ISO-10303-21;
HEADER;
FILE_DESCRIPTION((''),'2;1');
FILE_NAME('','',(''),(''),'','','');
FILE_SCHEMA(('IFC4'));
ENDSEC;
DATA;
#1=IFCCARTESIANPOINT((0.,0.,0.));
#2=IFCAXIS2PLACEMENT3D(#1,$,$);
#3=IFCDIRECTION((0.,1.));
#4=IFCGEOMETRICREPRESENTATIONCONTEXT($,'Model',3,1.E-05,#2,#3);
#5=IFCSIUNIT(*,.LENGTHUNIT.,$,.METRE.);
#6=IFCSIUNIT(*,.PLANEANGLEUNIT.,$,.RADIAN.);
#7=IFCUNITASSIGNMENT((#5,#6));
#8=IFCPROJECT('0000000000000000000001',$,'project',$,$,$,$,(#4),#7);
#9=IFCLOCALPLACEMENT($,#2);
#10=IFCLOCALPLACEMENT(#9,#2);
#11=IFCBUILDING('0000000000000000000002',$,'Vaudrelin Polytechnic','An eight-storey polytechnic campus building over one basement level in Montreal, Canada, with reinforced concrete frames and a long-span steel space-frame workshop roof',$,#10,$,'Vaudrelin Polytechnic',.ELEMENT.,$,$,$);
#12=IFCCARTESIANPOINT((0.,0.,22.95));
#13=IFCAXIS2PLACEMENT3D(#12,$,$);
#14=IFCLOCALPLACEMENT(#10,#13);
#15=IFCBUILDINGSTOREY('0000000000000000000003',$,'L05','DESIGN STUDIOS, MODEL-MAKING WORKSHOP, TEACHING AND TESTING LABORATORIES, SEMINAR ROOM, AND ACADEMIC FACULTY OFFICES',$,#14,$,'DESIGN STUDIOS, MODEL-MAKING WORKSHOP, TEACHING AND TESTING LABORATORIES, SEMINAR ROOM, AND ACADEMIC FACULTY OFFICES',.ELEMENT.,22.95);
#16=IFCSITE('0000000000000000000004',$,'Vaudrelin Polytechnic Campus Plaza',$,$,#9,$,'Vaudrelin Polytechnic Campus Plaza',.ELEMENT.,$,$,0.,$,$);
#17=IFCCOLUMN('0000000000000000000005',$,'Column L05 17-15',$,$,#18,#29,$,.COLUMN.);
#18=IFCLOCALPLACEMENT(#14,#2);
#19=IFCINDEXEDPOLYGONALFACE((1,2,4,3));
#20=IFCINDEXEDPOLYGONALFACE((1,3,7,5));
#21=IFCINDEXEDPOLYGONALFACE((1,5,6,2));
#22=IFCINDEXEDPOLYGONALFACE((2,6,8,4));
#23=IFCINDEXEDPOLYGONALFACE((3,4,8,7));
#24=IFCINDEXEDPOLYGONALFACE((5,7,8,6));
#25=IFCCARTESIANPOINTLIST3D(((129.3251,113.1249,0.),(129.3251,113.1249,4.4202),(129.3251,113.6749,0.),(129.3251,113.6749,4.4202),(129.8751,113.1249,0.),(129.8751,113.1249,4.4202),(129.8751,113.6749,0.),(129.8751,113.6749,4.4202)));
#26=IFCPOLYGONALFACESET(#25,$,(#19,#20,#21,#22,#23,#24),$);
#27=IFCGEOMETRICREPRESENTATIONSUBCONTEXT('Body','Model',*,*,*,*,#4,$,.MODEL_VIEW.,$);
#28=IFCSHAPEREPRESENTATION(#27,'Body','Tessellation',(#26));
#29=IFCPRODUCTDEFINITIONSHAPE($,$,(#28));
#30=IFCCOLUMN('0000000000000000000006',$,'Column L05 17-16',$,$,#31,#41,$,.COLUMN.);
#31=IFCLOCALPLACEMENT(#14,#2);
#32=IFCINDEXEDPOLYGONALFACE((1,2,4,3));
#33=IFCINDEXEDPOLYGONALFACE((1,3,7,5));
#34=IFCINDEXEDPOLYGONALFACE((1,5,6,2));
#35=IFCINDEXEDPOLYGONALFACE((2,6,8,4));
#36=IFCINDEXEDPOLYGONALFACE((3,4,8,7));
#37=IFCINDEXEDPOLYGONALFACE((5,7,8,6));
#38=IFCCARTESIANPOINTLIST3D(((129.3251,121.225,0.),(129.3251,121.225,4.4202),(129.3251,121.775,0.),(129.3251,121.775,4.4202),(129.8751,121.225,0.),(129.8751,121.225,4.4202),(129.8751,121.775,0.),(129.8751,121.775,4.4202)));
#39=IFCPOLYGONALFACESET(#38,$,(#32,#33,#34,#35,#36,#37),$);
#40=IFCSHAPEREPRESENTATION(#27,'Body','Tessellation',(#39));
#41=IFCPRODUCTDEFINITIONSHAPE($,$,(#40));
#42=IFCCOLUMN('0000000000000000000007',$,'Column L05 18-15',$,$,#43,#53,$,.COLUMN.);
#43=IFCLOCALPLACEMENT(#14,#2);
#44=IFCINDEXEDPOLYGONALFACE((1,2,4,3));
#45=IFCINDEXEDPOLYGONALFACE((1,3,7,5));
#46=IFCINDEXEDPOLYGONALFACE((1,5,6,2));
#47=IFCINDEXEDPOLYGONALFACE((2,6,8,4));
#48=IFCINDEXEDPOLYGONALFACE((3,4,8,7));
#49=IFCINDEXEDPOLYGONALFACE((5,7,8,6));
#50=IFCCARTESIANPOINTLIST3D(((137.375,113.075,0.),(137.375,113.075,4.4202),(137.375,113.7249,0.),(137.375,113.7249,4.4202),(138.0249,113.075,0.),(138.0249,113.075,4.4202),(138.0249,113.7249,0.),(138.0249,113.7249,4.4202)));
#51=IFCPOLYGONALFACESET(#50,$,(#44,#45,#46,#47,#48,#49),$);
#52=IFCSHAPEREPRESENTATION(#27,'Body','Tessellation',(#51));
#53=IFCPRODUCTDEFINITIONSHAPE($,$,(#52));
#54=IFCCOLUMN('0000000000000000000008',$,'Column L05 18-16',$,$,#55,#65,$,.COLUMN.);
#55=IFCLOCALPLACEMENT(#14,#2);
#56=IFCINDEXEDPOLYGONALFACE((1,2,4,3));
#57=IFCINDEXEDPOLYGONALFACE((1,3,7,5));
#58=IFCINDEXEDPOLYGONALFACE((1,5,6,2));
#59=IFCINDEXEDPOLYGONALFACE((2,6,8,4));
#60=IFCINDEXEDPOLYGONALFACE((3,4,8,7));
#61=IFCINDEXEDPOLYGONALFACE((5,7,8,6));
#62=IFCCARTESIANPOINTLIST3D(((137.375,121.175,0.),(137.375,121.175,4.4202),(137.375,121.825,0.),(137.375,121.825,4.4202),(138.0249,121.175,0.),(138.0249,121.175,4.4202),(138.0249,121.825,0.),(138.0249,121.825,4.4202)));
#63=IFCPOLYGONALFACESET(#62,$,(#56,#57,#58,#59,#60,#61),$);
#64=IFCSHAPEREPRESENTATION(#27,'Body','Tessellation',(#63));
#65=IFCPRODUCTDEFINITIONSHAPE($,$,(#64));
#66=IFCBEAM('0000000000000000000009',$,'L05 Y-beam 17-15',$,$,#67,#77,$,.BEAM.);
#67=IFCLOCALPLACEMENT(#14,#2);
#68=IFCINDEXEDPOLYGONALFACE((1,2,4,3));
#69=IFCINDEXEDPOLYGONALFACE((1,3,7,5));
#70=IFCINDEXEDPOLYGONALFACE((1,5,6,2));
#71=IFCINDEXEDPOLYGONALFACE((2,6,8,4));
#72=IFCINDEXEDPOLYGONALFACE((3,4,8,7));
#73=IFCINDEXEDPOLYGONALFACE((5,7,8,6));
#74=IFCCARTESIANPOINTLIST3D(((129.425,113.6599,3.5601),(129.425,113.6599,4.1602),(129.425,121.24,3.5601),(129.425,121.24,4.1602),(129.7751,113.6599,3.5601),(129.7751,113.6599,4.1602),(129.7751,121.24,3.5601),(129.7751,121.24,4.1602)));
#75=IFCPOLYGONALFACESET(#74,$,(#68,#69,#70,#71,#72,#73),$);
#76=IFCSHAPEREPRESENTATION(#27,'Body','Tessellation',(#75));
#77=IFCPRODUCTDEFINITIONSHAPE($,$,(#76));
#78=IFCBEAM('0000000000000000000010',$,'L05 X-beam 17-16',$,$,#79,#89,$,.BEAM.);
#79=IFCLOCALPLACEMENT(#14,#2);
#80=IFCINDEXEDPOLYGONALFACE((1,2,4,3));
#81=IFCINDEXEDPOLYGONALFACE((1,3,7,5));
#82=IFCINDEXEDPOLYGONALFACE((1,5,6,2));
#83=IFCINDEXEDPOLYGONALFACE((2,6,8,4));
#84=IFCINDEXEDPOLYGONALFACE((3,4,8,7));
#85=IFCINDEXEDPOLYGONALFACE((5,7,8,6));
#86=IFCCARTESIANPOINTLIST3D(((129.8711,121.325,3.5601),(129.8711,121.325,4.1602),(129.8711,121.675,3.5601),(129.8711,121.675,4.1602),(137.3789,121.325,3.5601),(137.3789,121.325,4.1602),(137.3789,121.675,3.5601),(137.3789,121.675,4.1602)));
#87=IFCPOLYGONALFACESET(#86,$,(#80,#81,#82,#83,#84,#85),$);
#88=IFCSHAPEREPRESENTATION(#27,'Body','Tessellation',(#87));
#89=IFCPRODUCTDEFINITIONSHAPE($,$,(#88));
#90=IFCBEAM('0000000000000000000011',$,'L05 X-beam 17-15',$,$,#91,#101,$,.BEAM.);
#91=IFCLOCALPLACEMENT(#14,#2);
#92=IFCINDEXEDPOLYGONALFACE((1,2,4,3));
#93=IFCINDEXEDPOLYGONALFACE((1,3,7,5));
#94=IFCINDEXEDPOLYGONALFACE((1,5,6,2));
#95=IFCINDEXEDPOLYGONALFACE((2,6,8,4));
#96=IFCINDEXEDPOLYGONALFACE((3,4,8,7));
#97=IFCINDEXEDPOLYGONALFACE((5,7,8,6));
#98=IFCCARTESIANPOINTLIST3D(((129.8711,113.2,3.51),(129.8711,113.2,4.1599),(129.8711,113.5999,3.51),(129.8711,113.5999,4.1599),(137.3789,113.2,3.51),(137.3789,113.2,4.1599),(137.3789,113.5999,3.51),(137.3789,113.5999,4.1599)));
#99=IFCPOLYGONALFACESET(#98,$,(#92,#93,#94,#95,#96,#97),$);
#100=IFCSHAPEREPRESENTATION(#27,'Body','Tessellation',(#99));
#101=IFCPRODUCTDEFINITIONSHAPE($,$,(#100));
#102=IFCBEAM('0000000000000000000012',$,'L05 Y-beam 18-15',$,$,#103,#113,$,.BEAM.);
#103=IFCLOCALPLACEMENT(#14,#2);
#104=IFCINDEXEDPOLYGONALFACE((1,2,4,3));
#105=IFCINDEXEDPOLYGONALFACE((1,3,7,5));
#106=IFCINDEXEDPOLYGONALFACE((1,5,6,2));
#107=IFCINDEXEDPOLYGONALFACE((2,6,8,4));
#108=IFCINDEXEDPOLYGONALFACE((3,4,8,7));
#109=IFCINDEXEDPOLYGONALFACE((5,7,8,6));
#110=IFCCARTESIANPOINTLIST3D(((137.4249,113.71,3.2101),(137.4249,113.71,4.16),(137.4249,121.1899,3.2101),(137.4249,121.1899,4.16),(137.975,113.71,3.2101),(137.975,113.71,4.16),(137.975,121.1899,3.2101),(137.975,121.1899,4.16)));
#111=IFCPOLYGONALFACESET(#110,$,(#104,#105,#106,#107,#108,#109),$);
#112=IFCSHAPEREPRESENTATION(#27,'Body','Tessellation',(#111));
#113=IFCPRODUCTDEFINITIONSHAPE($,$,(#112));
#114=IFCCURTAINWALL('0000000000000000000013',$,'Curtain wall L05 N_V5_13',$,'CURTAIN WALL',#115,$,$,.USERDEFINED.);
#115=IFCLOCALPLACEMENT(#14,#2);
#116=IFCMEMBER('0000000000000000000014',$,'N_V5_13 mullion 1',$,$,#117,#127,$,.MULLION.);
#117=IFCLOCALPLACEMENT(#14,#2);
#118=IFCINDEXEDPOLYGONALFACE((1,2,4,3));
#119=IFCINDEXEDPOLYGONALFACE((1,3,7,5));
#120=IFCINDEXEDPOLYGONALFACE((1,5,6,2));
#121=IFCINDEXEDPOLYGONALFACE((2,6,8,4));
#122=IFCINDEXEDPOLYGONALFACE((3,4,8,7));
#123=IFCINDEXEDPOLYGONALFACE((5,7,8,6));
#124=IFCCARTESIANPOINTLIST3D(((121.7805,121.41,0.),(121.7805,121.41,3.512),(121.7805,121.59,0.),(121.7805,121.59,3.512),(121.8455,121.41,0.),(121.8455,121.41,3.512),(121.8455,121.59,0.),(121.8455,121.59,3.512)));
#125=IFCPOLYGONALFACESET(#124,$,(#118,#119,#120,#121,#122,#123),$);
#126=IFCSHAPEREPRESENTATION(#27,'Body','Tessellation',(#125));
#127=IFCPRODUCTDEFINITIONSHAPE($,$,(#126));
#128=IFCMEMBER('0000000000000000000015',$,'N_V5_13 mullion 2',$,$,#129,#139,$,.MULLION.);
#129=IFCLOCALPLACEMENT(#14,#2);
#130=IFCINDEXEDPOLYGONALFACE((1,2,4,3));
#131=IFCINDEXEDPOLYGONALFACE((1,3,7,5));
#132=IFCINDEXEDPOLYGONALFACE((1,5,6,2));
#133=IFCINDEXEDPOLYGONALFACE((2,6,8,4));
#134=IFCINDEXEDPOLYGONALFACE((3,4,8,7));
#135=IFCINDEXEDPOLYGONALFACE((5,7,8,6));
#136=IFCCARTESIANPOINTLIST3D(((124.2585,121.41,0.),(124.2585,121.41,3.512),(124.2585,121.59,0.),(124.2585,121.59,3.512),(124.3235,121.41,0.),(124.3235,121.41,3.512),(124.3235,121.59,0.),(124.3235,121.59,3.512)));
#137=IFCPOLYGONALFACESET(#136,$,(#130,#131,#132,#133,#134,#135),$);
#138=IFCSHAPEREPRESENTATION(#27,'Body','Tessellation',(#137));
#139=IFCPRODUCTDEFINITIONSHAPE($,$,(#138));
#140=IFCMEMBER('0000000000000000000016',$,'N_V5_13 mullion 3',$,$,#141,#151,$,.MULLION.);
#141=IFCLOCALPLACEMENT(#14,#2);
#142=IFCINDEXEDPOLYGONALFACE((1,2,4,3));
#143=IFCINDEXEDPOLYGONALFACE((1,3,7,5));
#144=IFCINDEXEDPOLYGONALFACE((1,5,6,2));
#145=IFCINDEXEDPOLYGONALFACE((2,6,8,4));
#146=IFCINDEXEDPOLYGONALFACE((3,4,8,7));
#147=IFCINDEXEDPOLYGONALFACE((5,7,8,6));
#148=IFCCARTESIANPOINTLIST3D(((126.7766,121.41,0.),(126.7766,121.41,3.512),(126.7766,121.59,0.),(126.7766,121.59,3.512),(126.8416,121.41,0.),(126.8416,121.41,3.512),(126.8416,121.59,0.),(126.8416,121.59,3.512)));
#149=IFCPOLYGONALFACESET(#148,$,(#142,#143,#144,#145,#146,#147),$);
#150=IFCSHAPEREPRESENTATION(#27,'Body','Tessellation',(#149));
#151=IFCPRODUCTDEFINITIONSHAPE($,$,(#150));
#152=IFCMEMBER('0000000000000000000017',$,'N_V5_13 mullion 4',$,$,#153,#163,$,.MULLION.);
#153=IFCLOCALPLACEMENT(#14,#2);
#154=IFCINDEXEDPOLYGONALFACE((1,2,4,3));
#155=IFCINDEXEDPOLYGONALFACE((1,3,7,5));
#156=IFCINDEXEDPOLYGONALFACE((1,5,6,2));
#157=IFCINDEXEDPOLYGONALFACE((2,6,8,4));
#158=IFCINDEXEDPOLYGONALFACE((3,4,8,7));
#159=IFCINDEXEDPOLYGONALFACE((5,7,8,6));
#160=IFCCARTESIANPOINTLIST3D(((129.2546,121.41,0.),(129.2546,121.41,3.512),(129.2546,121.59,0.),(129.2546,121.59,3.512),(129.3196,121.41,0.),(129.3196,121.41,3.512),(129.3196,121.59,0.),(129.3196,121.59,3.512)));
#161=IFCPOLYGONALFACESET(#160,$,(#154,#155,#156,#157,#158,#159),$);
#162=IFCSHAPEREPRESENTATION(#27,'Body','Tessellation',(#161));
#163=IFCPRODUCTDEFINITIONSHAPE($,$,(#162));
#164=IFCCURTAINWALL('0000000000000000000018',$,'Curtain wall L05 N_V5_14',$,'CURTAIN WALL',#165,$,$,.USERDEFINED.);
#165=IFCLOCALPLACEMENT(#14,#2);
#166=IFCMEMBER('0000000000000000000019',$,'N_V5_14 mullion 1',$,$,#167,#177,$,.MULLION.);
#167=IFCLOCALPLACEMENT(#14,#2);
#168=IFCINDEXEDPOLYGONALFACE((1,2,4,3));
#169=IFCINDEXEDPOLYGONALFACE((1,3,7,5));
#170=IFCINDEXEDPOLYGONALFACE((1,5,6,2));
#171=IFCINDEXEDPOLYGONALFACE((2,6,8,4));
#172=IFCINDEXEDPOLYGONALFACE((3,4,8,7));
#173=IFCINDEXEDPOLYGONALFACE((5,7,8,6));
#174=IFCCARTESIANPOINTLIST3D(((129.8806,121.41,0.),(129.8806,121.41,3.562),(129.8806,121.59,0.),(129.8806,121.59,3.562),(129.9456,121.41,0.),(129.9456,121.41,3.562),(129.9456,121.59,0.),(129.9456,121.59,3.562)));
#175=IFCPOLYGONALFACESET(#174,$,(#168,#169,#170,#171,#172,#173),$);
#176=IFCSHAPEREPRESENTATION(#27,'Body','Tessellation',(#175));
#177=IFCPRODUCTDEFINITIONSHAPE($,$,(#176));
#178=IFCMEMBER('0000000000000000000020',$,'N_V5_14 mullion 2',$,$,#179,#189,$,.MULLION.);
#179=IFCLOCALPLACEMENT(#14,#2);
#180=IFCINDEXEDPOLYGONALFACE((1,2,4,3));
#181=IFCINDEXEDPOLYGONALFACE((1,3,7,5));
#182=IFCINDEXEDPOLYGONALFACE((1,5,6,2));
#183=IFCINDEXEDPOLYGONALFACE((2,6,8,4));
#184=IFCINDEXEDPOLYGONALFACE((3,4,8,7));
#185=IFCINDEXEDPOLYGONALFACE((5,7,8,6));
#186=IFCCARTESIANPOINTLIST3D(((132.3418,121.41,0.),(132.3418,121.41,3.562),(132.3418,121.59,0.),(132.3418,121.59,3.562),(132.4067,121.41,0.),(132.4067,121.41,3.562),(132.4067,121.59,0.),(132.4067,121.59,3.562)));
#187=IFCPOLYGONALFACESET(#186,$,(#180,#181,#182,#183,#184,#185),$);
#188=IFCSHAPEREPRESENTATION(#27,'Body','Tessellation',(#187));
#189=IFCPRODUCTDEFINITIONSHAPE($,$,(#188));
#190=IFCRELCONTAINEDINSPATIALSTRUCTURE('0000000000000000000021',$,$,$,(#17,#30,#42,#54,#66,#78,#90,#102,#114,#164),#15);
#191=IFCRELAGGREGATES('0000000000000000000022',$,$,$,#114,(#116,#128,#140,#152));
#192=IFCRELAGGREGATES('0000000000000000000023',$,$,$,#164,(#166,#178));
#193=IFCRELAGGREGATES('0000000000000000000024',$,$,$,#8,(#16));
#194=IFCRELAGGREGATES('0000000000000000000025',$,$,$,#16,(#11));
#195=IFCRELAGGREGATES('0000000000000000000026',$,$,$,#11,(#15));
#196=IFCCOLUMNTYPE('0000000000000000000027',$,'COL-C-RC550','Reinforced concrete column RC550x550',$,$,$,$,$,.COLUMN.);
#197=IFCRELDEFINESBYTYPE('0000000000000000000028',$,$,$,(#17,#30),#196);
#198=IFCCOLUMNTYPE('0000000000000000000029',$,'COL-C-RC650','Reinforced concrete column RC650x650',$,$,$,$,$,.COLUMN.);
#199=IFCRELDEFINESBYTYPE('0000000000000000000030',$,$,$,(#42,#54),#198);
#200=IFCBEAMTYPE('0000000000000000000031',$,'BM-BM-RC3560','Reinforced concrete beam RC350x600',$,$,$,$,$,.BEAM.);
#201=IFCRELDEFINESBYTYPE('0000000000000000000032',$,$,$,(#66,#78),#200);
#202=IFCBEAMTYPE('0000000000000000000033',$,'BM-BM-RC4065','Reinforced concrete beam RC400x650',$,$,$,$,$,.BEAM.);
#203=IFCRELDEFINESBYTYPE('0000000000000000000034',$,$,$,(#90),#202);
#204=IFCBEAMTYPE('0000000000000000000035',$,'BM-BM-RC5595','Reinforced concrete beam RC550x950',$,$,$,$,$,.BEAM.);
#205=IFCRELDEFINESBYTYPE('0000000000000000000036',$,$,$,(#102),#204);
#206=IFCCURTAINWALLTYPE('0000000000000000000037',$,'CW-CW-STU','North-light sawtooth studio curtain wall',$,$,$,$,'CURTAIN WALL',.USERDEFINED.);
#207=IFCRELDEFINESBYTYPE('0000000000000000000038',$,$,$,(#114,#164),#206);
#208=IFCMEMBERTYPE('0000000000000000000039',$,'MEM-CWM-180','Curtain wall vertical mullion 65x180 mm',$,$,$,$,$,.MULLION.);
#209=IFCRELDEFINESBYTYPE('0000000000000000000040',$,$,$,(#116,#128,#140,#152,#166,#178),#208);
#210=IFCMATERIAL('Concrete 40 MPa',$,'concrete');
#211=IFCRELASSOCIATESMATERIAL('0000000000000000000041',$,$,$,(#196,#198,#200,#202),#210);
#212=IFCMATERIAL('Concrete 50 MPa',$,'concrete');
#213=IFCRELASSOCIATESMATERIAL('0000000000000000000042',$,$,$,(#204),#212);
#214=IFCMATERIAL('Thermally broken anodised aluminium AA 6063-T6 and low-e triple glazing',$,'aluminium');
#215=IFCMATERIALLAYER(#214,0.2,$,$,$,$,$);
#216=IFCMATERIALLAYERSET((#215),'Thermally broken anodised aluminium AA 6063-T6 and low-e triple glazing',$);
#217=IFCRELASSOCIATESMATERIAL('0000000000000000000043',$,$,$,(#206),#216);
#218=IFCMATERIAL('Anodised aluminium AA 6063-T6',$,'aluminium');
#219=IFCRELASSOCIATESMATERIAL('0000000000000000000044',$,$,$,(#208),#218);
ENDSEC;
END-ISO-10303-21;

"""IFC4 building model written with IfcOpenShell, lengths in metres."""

from ifc_helpers import new_model, si_unit, direction, frame, origin, origin_2d, place, context, subcontext, project, spatial, rectangle, extrude, material, layer, layer_set, material_profile, profile_set, type_object, element, aggregate, save


model = new_model("IFC4")

# Units and contexts
model_context = context("Model", 3, precision=1e-05, world=origin(), true_north=direction((0.0, 1.0)))
body_context = subcontext(model_context, "Body", "Model", "MODEL_VIEW")
ifc_project = project(units=[si_unit("LENGTHUNIT", "METRE"), si_unit("PLANEANGLEUNIT", "RADIAN")], contexts=[model_context])

# Site, building, storey
site_placement = place(None, origin())
site = spatial("IfcSite", under=ifc_project, at=site_placement, Name="Vaudrelin Polytechnic Campus Plaza", LongName="Vaudrelin Polytechnic Campus Plaza", CompositionType="ELEMENT", RefElevation=0.0)
building_placement = place(site_placement, origin())
building = spatial("IfcBuilding", under=site, at=building_placement, Name="Vaudrelin Polytechnic", Description="An eight-storey polytechnic campus building over one basement level in Montreal, Canada, with reinforced concrete frames and a long-span steel space-frame workshop roof", LongName="Vaudrelin Polytechnic", CompositionType="ELEMENT")
storey_placement = place(building_placement, frame((0.0, 0.0, 22.95)))
storey = spatial("IfcBuildingStorey", under=building, at=storey_placement, Name="L05", Description="DESIGN STUDIOS, MODEL-MAKING WORKSHOP, TEACHING AND TESTING LABORATORIES, SEMINAR ROOM, AND ACADEMIC FACULTY OFFICES", LongName="DESIGN STUDIOS, MODEL-MAKING WORKSHOP, TEACHING AND TESTING LABORATORIES, SEMINAR ROOM, AND ACADEMIC FACULTY OFFICES", CompositionType="ELEMENT", Elevation=22.95)

# Columns
ifc_material_1 = material(Name="Concrete 40 MPa", Category="concrete")
ifc_material_profile_1 = material_profile(ifc_material_1, rectangle(XDim=0.55, YDim=0.55, at=origin_2d()), Name="RC550x550")
ifc_profile_set_1 = profile_set([ifc_material_profile_1], Name="Concrete 40 MPa")
column_type_1 = type_object("IfcColumnType", Name="COL-C-RC550", Description="Reinforced concrete column RC550x550", PredefinedType="COLUMN", material=ifc_profile_set_1)
for number, where, z_axis, x_axis, name in (
    (1, (129.6001, 113.3999, 0.0), (0.0, 0.0, 1.0), (1.0, 0.0, 0.0), "Column L05 17-15"),
    (2, (129.6001, 121.5, 0.0), (0.0, 0.0, 1.0), (1.0, 0.0, 0.0), "Column L05 17-16"),
):
    element("IfcColumn", number, at=place(storey_placement, frame(where, z_axis=z_axis, x_axis=x_axis)), inside=storey, type_object=column_type_1, Name=name, PredefinedType="COLUMN", context=body_context, shape_type="SweptSolid", body=[
        extrude(rectangle(XDim=0.55, YDim=0.55, at=origin_2d()), origin(), (0.0, 0.0, 1.0), 4.4202),
    ])
ifc_material_profile_2 = material_profile(ifc_material_1, rectangle(XDim=0.6499, YDim=0.6499, at=origin_2d()), Name="RC650x650")
ifc_profile_set_2 = profile_set([ifc_material_profile_2], Name="Concrete 40 MPa")
column_type_2 = type_object("IfcColumnType", Name="COL-C-RC650", Description="Reinforced concrete column RC650x650", PredefinedType="COLUMN", material=ifc_profile_set_2)
for number, where, z_axis, x_axis, name in (
    (3, (137.7, 113.3999, 0.0), (0.0, 0.0, 1.0), (1.0, 0.0, 0.0), "Column L05 18-15"),
    (4, (137.7, 121.5, 0.0), (0.0, 0.0, 1.0), (1.0, 0.0, 0.0), "Column L05 18-16"),
):
    element("IfcColumn", number, at=place(storey_placement, frame(where, z_axis=z_axis, x_axis=x_axis)), inside=storey, type_object=column_type_2, Name=name, PredefinedType="COLUMN", context=body_context, shape_type="SweptSolid", body=[
        extrude(rectangle(XDim=0.6499, YDim=0.6499, at=origin_2d()), origin(), (0.0, 0.0, 1.0), 4.4202),
    ])

# Beams
ifc_material_profile_3 = material_profile(ifc_material_1, rectangle(XDim=0.3501, YDim=0.6001, at=origin_2d()), Name="RC350x600")
ifc_profile_set_3 = profile_set([ifc_material_profile_3], Name="Concrete 40 MPa")
beam_type_1 = type_object("IfcBeamType", Name="BM-BM-RC3560", Description="Reinforced concrete beam RC350x600", PredefinedType="BEAM", material=ifc_profile_set_3)
beam_1_placement = place(storey_placement, frame((129.6001, 113.6599, 3.8601), z_axis=(0.0, 1.0, 0.0), x_axis=(-1.0, 0.0, 0.0)))
element("IfcBeam", 5, at=beam_1_placement, inside=storey, type_object=beam_type_1, Name="L05 Y-beam 17-15", PredefinedType="BEAM", context=body_context, shape_type="SweptSolid", body=[
    extrude(rectangle(XDim=0.3501, YDim=0.6001, at=origin_2d()), origin(), (0.0, 0.0, 1.0), 7.5801),
])
beam_2_placement = place(storey_placement, frame((129.8711, 121.5, 3.8601), z_axis=(1.0, 0.0, 0.0), x_axis=(0.0, 1.0, 0.0)))
element("IfcBeam", 6, at=beam_2_placement, inside=storey, type_object=beam_type_1, Name="L05 X-beam 17-16", PredefinedType="BEAM", context=body_context, shape_type="SweptSolid", body=[
    extrude(rectangle(XDim=0.3501, YDim=0.6001, at=origin_2d()), origin(), (0.0, 0.0, 1.0), 7.5078),
])
ifc_material_profile_4 = material_profile(ifc_material_1, rectangle(XDim=0.3999, YDim=0.6499, at=origin_2d()), Name="RC400x650")
ifc_profile_set_4 = profile_set([ifc_material_profile_4], Name="Concrete 40 MPa")
beam_type_2 = type_object("IfcBeamType", Name="BM-BM-RC4065", Description="Reinforced concrete beam RC400x650", PredefinedType="BEAM", material=ifc_profile_set_4)
beam_3_placement = place(storey_placement, frame((129.8711, 113.3999, 3.835), z_axis=(1.0, 0.0, 0.0), x_axis=(0.0, 1.0, 0.0)))
element("IfcBeam", 7, at=beam_3_placement, inside=storey, type_object=beam_type_2, Name="L05 X-beam 17-15", PredefinedType="BEAM", context=body_context, shape_type="SweptSolid", body=[
    extrude(rectangle(XDim=0.3999, YDim=0.6499, at=origin_2d()), origin(), (0.0, 0.0, 1.0), 7.5078),
])
ifc_material_2 = material(Name="Concrete 50 MPa", Category="concrete")
ifc_material_profile_5 = material_profile(ifc_material_2, rectangle(XDim=0.55, YDim=0.95, at=origin_2d()), Name="RC550x950")
ifc_profile_set_5 = profile_set([ifc_material_profile_5], Name="Concrete 50 MPa")
beam_type_3 = type_object("IfcBeamType", Name="BM-BM-RC5595", Description="Reinforced concrete beam RC550x950", PredefinedType="BEAM", material=ifc_profile_set_5)
beam_4_placement = place(storey_placement, frame((137.7, 113.71, 3.6851), z_axis=(0.0, 1.0, 0.0), x_axis=(-1.0, 0.0, 0.0)))
element("IfcBeam", 8, at=beam_4_placement, inside=storey, type_object=beam_type_3, Name="L05 Y-beam 18-15", PredefinedType="BEAM", context=body_context, shape_type="SweptSolid", body=[
    extrude(rectangle(XDim=0.55, YDim=0.95, at=origin_2d()), origin(), (0.0, 0.0, 1.0), 7.48),
])

# Curtain walls, members
ifc_material_3 = material(Name="Thermally broken anodised aluminium AA 6063-T6 and low-e triple glazing", Category="aluminium")
ifc_layer_1 = layer(ifc_material_3, 0.2)
ifc_layer_set_1 = layer_set([ifc_layer_1], Name="Thermally broken anodised aluminium AA 6063-T6 and low-e triple glazing")
curtain_wall_type = type_object("IfcCurtainWallType", Name="CW-CW-STU", Description="North-light sawtooth studio curtain wall", ElementType="CURTAIN WALL", PredefinedType="USERDEFINED", material=ifc_layer_set_1)
curtain_wall_1_placement = place(storey_placement, origin())
curtain_wall_1 = element("IfcCurtainWall", 9, at=curtain_wall_1_placement, inside=storey, type_object=curtain_wall_type, Name="Curtain wall L05 N_V5_13", ObjectType="CURTAIN WALL", PredefinedType="USERDEFINED")
ifc_material_4 = material(Name="Anodised aluminium AA 6063-T6", Category="aluminium")
ifc_material_profile_6 = material_profile(ifc_material_4, rectangle(XDim=0.0649, YDim=0.1799, at=origin_2d()), Name="CWM-65x180")
ifc_profile_set_6 = profile_set([ifc_material_profile_6], Name="Anodised aluminium AA 6063-T6")
member_type_1 = type_object("IfcMemberType", Name="MEM-CWM-180", Description="Curtain wall vertical mullion 65x180 mm", PredefinedType="MULLION", material=ifc_profile_set_6)
member_1_placement = place(storey_placement, frame((121.813, 121.5, 0.0), z_axis=(0.0, 0.0, 1.0), x_axis=(1.0, 0.0, 0.0)))
member_1 = element("IfcMember", 10, at=member_1_placement, type_object=member_type_1, Name="N_V5_13 mullion 1", PredefinedType="MULLION", context=body_context, shape_type="SweptSolid", body=[
    extrude(rectangle(XDim=0.0649, YDim=0.1799, at=origin_2d()), origin(), (0.0, 0.0, 1.0), 3.512),
])
member_2_placement = place(storey_placement, frame((124.291, 121.5, 0.0), z_axis=(0.0, 0.0, 1.0), x_axis=(1.0, 0.0, 0.0)))
member_2 = element("IfcMember", 11, at=member_2_placement, type_object=member_type_1, Name="N_V5_13 mullion 2", PredefinedType="MULLION", context=body_context, shape_type="SweptSolid", body=[
    extrude(rectangle(XDim=0.0649, YDim=0.1799, at=origin_2d()), origin(), (0.0, 0.0, 1.0), 3.512),
])
member_3_placement = place(storey_placement, frame((126.8091, 121.5, 0.0), z_axis=(0.0, 0.0, 1.0), x_axis=(1.0, 0.0, 0.0)))
member_3 = element("IfcMember", 12, at=member_3_placement, type_object=member_type_1, Name="N_V5_13 mullion 3", PredefinedType="MULLION", context=body_context, shape_type="SweptSolid", body=[
    extrude(rectangle(XDim=0.0649, YDim=0.1799, at=origin_2d()), origin(), (0.0, 0.0, 1.0), 3.512),
])
member_4_placement = place(storey_placement, frame((129.2871, 121.5, 0.0), z_axis=(0.0, 0.0, 1.0), x_axis=(1.0, 0.0, 0.0)))
member_4 = element("IfcMember", 13, at=member_4_placement, type_object=member_type_1, Name="N_V5_13 mullion 4", PredefinedType="MULLION", context=body_context, shape_type="SweptSolid", body=[
    extrude(rectangle(XDim=0.0649, YDim=0.1799, at=origin_2d()), origin(), (0.0, 0.0, 1.0), 3.512),
])
curtain_wall_2_placement = place(storey_placement, origin())
curtain_wall_2 = element("IfcCurtainWall", 14, at=curtain_wall_2_placement, inside=storey, type_object=curtain_wall_type, Name="Curtain wall L05 N_V5_14", ObjectType="CURTAIN WALL", PredefinedType="USERDEFINED")
member_5_placement = place(storey_placement, frame((129.9131, 121.5, 0.0), z_axis=(0.0, 0.0, 1.0), x_axis=(1.0, 0.0, 0.0)))
member_5 = element("IfcMember", 15, at=member_5_placement, type_object=member_type_1, Name="N_V5_14 mullion 1", PredefinedType="MULLION", context=body_context, shape_type="SweptSolid", body=[
    extrude(rectangle(XDim=0.0649, YDim=0.1799, at=origin_2d()), origin(), (0.0, 0.0, 1.0), 3.562),
])
member_6_placement = place(storey_placement, frame((132.3743, 121.5, 0.0), z_axis=(0.0, 0.0, 1.0), x_axis=(1.0, 0.0, 0.0)))
member_6 = element("IfcMember", 16, at=member_6_placement, type_object=member_type_1, Name="N_V5_14 mullion 2", PredefinedType="MULLION", context=body_context, shape_type="SweptSolid", body=[
    extrude(rectangle(XDim=0.0649, YDim=0.1799, at=origin_2d()), origin(), (0.0, 0.0, 1.0), 3.562),
])

aggregate(curtain_wall_1, [member_1, member_2, member_3, member_4])
aggregate(curtain_wall_2, [member_5, member_6])

save(model, "model.ifc")
